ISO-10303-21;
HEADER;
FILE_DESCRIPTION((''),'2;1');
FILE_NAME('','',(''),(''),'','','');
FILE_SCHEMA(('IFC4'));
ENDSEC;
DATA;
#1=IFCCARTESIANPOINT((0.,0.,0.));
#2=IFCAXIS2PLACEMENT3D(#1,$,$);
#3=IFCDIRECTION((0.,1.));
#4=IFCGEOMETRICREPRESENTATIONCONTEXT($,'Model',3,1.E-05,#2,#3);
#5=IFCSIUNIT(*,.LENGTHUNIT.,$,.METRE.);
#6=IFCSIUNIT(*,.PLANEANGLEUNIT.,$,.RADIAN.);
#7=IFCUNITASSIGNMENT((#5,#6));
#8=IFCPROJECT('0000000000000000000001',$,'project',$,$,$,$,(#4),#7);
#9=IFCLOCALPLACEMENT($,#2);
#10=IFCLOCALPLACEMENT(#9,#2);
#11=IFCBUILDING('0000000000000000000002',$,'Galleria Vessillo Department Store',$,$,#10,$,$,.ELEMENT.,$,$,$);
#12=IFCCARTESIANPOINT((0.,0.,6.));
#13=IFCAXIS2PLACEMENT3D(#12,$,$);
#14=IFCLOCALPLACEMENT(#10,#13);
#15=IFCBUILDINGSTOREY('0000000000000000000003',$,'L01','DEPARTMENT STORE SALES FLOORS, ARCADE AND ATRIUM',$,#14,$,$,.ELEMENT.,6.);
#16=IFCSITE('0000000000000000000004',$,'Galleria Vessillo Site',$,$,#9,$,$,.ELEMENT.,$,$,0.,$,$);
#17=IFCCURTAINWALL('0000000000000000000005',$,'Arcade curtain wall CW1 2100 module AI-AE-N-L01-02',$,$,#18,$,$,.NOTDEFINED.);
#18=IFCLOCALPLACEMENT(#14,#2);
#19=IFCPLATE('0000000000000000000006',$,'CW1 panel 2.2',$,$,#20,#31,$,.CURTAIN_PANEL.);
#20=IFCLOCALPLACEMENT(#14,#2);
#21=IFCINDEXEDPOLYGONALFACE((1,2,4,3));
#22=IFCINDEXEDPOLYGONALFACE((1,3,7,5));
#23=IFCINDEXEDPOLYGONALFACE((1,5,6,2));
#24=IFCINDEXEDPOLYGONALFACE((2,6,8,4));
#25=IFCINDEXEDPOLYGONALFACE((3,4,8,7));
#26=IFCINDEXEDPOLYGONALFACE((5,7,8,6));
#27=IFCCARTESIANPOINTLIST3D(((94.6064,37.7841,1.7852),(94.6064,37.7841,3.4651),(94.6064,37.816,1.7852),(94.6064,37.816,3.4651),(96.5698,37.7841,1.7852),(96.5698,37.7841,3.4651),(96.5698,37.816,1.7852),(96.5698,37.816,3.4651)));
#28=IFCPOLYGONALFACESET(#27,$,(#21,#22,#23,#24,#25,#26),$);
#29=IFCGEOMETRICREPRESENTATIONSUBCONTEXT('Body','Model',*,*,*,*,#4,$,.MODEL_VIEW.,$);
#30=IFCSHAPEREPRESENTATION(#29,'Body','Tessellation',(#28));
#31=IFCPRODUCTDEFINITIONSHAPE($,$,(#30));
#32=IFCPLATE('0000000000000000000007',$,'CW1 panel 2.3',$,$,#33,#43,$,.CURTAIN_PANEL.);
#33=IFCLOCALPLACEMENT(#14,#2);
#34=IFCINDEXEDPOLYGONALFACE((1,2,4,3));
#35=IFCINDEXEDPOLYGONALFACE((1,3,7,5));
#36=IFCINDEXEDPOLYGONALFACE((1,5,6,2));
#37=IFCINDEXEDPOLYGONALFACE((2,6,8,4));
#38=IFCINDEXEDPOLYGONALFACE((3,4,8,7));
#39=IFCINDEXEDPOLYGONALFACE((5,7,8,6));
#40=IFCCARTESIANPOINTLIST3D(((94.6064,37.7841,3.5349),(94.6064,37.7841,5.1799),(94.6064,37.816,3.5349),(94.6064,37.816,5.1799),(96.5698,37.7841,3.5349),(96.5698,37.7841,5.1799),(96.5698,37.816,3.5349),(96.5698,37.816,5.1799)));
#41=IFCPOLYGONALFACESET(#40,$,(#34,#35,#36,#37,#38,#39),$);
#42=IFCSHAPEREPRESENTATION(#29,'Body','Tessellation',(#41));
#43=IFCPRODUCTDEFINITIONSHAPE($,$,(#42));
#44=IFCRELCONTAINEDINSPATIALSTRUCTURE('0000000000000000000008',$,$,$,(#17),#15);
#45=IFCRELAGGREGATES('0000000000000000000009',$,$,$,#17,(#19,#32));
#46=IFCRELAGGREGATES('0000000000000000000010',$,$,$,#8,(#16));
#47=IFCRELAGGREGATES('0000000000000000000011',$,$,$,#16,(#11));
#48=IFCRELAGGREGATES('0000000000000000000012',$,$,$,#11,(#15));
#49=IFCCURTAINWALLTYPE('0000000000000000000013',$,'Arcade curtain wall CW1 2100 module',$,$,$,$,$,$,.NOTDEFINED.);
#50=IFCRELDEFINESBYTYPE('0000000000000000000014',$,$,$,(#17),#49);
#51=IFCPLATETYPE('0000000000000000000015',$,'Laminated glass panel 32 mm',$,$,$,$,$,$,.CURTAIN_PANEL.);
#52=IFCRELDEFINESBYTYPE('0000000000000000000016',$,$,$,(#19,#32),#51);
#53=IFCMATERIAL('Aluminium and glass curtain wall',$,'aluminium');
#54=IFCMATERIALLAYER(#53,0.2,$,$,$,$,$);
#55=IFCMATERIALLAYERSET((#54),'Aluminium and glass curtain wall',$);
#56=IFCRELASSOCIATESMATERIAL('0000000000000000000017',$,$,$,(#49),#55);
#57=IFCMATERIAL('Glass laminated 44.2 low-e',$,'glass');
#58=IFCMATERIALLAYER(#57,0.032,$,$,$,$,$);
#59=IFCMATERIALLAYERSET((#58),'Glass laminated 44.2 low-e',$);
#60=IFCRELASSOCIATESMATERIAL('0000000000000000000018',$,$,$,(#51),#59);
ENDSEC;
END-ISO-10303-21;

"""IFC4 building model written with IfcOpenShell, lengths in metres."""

from ifc_helpers import new_model, si_unit, direction, frame, origin, origin_2d, place, context, subcontext, project, spatial, rectangle, extrude, material, layer, layer_set, type_object, element, aggregate, save


model = new_model("IFC4")

# Units and contexts
model_context = context("Model", 3, precision=1e-05, world=origin(), true_north=direction((0.0, 1.0)))
body_context = subcontext(model_context, "Body", "Model", "MODEL_VIEW")
ifc_project = project(units=[si_unit("LENGTHUNIT", "METRE"), si_unit("PLANEANGLEUNIT", "RADIAN")], contexts=[model_context])

# Site, building, storey
site_placement = place(None, origin())
site = spatial("IfcSite", under=ifc_project, at=site_placement, Name="Galleria Vessillo Site", CompositionType="ELEMENT", RefElevation=0.0)
building_placement = place(site_placement, origin())
building = spatial("IfcBuilding", under=site, at=building_placement, Name="Galleria Vessillo Department Store", CompositionType="ELEMENT")
storey_placement = place(building_placement, frame((0.0, 0.0, 6.0)))
storey = spatial("IfcBuildingStorey", under=building, at=storey_placement, Name="L01", Description="DEPARTMENT STORE SALES FLOORS, ARCADE AND ATRIUM", CompositionType="ELEMENT", Elevation=6.0)

# Shared definitions
ifc_material_1 = material(Name="Aluminium and glass curtain wall", Category="aluminium")
ifc_layer_1 = layer(ifc_material_1, 0.2)
ifc_layer_set_1 = layer_set([ifc_layer_1], Name="Aluminium and glass curtain wall")
curtain_wall_type = type_object("IfcCurtainWallType", Name="Arcade curtain wall CW1 2100 module", PredefinedType="NOTDEFINED", material=ifc_layer_set_1)

# Curtain wall
curtain_wall_1_placement = place(storey_placement, origin())
curtain_wall_1 = element("IfcCurtainWall", 1, at=curtain_wall_1_placement, inside=storey, type_object=curtain_wall_type, Name="Arcade curtain wall CW1 2100 module AI-AE-N-L01-02", PredefinedType="NOTDEFINED")

# Plates
ifc_material_2 = material(Name="Glass laminated 44.2 low-e", Category="glass")
ifc_layer_2 = layer(ifc_material_2, 0.032)
ifc_layer_set_2 = layer_set([ifc_layer_2], Name="Glass laminated 44.2 low-e")
plate_type = type_object("IfcPlateType", Name="Laminated glass panel 32 mm", PredefinedType="CURTAIN_PANEL", material=ifc_layer_set_2)
plate_1_placement = place(storey_placement, frame((95.5881, 37.8, 1.7852), z_axis=(0.0, 0.0, 1.0), x_axis=(1.0, 0.0, 0.0)))
plate_1 = element("IfcPlate", 2, at=plate_1_placement, type_object=plate_type, Name="CW1 panel 2.2", PredefinedType="CURTAIN_PANEL", context=body_context, shape_type="SweptSolid", body=[
    extrude(rectangle(XDim=1.9634, YDim=0.032, at=origin_2d()), origin(), (0.0, 0.0, 1.0), 1.6799),
])
plate_2_placement = place(storey_placement, frame((95.5881, 37.8, 3.5349), z_axis=(0.0, 0.0, 1.0), x_axis=(1.0, 0.0, 0.0)))
plate_2 = element("IfcPlate", 3, at=plate_2_placement, type_object=plate_type, Name="CW1 panel 2.3", PredefinedType="CURTAIN_PANEL", context=body_context, shape_type="SweptSolid", body=[
    extrude(rectangle(XDim=1.9634, YDim=0.032, at=origin_2d()), origin(), (0.0, 0.0, 1.0), 1.645),
])
aggregate(curtain_wall_1, [plate_1, plate_2])

save(model, "model.ifc")
